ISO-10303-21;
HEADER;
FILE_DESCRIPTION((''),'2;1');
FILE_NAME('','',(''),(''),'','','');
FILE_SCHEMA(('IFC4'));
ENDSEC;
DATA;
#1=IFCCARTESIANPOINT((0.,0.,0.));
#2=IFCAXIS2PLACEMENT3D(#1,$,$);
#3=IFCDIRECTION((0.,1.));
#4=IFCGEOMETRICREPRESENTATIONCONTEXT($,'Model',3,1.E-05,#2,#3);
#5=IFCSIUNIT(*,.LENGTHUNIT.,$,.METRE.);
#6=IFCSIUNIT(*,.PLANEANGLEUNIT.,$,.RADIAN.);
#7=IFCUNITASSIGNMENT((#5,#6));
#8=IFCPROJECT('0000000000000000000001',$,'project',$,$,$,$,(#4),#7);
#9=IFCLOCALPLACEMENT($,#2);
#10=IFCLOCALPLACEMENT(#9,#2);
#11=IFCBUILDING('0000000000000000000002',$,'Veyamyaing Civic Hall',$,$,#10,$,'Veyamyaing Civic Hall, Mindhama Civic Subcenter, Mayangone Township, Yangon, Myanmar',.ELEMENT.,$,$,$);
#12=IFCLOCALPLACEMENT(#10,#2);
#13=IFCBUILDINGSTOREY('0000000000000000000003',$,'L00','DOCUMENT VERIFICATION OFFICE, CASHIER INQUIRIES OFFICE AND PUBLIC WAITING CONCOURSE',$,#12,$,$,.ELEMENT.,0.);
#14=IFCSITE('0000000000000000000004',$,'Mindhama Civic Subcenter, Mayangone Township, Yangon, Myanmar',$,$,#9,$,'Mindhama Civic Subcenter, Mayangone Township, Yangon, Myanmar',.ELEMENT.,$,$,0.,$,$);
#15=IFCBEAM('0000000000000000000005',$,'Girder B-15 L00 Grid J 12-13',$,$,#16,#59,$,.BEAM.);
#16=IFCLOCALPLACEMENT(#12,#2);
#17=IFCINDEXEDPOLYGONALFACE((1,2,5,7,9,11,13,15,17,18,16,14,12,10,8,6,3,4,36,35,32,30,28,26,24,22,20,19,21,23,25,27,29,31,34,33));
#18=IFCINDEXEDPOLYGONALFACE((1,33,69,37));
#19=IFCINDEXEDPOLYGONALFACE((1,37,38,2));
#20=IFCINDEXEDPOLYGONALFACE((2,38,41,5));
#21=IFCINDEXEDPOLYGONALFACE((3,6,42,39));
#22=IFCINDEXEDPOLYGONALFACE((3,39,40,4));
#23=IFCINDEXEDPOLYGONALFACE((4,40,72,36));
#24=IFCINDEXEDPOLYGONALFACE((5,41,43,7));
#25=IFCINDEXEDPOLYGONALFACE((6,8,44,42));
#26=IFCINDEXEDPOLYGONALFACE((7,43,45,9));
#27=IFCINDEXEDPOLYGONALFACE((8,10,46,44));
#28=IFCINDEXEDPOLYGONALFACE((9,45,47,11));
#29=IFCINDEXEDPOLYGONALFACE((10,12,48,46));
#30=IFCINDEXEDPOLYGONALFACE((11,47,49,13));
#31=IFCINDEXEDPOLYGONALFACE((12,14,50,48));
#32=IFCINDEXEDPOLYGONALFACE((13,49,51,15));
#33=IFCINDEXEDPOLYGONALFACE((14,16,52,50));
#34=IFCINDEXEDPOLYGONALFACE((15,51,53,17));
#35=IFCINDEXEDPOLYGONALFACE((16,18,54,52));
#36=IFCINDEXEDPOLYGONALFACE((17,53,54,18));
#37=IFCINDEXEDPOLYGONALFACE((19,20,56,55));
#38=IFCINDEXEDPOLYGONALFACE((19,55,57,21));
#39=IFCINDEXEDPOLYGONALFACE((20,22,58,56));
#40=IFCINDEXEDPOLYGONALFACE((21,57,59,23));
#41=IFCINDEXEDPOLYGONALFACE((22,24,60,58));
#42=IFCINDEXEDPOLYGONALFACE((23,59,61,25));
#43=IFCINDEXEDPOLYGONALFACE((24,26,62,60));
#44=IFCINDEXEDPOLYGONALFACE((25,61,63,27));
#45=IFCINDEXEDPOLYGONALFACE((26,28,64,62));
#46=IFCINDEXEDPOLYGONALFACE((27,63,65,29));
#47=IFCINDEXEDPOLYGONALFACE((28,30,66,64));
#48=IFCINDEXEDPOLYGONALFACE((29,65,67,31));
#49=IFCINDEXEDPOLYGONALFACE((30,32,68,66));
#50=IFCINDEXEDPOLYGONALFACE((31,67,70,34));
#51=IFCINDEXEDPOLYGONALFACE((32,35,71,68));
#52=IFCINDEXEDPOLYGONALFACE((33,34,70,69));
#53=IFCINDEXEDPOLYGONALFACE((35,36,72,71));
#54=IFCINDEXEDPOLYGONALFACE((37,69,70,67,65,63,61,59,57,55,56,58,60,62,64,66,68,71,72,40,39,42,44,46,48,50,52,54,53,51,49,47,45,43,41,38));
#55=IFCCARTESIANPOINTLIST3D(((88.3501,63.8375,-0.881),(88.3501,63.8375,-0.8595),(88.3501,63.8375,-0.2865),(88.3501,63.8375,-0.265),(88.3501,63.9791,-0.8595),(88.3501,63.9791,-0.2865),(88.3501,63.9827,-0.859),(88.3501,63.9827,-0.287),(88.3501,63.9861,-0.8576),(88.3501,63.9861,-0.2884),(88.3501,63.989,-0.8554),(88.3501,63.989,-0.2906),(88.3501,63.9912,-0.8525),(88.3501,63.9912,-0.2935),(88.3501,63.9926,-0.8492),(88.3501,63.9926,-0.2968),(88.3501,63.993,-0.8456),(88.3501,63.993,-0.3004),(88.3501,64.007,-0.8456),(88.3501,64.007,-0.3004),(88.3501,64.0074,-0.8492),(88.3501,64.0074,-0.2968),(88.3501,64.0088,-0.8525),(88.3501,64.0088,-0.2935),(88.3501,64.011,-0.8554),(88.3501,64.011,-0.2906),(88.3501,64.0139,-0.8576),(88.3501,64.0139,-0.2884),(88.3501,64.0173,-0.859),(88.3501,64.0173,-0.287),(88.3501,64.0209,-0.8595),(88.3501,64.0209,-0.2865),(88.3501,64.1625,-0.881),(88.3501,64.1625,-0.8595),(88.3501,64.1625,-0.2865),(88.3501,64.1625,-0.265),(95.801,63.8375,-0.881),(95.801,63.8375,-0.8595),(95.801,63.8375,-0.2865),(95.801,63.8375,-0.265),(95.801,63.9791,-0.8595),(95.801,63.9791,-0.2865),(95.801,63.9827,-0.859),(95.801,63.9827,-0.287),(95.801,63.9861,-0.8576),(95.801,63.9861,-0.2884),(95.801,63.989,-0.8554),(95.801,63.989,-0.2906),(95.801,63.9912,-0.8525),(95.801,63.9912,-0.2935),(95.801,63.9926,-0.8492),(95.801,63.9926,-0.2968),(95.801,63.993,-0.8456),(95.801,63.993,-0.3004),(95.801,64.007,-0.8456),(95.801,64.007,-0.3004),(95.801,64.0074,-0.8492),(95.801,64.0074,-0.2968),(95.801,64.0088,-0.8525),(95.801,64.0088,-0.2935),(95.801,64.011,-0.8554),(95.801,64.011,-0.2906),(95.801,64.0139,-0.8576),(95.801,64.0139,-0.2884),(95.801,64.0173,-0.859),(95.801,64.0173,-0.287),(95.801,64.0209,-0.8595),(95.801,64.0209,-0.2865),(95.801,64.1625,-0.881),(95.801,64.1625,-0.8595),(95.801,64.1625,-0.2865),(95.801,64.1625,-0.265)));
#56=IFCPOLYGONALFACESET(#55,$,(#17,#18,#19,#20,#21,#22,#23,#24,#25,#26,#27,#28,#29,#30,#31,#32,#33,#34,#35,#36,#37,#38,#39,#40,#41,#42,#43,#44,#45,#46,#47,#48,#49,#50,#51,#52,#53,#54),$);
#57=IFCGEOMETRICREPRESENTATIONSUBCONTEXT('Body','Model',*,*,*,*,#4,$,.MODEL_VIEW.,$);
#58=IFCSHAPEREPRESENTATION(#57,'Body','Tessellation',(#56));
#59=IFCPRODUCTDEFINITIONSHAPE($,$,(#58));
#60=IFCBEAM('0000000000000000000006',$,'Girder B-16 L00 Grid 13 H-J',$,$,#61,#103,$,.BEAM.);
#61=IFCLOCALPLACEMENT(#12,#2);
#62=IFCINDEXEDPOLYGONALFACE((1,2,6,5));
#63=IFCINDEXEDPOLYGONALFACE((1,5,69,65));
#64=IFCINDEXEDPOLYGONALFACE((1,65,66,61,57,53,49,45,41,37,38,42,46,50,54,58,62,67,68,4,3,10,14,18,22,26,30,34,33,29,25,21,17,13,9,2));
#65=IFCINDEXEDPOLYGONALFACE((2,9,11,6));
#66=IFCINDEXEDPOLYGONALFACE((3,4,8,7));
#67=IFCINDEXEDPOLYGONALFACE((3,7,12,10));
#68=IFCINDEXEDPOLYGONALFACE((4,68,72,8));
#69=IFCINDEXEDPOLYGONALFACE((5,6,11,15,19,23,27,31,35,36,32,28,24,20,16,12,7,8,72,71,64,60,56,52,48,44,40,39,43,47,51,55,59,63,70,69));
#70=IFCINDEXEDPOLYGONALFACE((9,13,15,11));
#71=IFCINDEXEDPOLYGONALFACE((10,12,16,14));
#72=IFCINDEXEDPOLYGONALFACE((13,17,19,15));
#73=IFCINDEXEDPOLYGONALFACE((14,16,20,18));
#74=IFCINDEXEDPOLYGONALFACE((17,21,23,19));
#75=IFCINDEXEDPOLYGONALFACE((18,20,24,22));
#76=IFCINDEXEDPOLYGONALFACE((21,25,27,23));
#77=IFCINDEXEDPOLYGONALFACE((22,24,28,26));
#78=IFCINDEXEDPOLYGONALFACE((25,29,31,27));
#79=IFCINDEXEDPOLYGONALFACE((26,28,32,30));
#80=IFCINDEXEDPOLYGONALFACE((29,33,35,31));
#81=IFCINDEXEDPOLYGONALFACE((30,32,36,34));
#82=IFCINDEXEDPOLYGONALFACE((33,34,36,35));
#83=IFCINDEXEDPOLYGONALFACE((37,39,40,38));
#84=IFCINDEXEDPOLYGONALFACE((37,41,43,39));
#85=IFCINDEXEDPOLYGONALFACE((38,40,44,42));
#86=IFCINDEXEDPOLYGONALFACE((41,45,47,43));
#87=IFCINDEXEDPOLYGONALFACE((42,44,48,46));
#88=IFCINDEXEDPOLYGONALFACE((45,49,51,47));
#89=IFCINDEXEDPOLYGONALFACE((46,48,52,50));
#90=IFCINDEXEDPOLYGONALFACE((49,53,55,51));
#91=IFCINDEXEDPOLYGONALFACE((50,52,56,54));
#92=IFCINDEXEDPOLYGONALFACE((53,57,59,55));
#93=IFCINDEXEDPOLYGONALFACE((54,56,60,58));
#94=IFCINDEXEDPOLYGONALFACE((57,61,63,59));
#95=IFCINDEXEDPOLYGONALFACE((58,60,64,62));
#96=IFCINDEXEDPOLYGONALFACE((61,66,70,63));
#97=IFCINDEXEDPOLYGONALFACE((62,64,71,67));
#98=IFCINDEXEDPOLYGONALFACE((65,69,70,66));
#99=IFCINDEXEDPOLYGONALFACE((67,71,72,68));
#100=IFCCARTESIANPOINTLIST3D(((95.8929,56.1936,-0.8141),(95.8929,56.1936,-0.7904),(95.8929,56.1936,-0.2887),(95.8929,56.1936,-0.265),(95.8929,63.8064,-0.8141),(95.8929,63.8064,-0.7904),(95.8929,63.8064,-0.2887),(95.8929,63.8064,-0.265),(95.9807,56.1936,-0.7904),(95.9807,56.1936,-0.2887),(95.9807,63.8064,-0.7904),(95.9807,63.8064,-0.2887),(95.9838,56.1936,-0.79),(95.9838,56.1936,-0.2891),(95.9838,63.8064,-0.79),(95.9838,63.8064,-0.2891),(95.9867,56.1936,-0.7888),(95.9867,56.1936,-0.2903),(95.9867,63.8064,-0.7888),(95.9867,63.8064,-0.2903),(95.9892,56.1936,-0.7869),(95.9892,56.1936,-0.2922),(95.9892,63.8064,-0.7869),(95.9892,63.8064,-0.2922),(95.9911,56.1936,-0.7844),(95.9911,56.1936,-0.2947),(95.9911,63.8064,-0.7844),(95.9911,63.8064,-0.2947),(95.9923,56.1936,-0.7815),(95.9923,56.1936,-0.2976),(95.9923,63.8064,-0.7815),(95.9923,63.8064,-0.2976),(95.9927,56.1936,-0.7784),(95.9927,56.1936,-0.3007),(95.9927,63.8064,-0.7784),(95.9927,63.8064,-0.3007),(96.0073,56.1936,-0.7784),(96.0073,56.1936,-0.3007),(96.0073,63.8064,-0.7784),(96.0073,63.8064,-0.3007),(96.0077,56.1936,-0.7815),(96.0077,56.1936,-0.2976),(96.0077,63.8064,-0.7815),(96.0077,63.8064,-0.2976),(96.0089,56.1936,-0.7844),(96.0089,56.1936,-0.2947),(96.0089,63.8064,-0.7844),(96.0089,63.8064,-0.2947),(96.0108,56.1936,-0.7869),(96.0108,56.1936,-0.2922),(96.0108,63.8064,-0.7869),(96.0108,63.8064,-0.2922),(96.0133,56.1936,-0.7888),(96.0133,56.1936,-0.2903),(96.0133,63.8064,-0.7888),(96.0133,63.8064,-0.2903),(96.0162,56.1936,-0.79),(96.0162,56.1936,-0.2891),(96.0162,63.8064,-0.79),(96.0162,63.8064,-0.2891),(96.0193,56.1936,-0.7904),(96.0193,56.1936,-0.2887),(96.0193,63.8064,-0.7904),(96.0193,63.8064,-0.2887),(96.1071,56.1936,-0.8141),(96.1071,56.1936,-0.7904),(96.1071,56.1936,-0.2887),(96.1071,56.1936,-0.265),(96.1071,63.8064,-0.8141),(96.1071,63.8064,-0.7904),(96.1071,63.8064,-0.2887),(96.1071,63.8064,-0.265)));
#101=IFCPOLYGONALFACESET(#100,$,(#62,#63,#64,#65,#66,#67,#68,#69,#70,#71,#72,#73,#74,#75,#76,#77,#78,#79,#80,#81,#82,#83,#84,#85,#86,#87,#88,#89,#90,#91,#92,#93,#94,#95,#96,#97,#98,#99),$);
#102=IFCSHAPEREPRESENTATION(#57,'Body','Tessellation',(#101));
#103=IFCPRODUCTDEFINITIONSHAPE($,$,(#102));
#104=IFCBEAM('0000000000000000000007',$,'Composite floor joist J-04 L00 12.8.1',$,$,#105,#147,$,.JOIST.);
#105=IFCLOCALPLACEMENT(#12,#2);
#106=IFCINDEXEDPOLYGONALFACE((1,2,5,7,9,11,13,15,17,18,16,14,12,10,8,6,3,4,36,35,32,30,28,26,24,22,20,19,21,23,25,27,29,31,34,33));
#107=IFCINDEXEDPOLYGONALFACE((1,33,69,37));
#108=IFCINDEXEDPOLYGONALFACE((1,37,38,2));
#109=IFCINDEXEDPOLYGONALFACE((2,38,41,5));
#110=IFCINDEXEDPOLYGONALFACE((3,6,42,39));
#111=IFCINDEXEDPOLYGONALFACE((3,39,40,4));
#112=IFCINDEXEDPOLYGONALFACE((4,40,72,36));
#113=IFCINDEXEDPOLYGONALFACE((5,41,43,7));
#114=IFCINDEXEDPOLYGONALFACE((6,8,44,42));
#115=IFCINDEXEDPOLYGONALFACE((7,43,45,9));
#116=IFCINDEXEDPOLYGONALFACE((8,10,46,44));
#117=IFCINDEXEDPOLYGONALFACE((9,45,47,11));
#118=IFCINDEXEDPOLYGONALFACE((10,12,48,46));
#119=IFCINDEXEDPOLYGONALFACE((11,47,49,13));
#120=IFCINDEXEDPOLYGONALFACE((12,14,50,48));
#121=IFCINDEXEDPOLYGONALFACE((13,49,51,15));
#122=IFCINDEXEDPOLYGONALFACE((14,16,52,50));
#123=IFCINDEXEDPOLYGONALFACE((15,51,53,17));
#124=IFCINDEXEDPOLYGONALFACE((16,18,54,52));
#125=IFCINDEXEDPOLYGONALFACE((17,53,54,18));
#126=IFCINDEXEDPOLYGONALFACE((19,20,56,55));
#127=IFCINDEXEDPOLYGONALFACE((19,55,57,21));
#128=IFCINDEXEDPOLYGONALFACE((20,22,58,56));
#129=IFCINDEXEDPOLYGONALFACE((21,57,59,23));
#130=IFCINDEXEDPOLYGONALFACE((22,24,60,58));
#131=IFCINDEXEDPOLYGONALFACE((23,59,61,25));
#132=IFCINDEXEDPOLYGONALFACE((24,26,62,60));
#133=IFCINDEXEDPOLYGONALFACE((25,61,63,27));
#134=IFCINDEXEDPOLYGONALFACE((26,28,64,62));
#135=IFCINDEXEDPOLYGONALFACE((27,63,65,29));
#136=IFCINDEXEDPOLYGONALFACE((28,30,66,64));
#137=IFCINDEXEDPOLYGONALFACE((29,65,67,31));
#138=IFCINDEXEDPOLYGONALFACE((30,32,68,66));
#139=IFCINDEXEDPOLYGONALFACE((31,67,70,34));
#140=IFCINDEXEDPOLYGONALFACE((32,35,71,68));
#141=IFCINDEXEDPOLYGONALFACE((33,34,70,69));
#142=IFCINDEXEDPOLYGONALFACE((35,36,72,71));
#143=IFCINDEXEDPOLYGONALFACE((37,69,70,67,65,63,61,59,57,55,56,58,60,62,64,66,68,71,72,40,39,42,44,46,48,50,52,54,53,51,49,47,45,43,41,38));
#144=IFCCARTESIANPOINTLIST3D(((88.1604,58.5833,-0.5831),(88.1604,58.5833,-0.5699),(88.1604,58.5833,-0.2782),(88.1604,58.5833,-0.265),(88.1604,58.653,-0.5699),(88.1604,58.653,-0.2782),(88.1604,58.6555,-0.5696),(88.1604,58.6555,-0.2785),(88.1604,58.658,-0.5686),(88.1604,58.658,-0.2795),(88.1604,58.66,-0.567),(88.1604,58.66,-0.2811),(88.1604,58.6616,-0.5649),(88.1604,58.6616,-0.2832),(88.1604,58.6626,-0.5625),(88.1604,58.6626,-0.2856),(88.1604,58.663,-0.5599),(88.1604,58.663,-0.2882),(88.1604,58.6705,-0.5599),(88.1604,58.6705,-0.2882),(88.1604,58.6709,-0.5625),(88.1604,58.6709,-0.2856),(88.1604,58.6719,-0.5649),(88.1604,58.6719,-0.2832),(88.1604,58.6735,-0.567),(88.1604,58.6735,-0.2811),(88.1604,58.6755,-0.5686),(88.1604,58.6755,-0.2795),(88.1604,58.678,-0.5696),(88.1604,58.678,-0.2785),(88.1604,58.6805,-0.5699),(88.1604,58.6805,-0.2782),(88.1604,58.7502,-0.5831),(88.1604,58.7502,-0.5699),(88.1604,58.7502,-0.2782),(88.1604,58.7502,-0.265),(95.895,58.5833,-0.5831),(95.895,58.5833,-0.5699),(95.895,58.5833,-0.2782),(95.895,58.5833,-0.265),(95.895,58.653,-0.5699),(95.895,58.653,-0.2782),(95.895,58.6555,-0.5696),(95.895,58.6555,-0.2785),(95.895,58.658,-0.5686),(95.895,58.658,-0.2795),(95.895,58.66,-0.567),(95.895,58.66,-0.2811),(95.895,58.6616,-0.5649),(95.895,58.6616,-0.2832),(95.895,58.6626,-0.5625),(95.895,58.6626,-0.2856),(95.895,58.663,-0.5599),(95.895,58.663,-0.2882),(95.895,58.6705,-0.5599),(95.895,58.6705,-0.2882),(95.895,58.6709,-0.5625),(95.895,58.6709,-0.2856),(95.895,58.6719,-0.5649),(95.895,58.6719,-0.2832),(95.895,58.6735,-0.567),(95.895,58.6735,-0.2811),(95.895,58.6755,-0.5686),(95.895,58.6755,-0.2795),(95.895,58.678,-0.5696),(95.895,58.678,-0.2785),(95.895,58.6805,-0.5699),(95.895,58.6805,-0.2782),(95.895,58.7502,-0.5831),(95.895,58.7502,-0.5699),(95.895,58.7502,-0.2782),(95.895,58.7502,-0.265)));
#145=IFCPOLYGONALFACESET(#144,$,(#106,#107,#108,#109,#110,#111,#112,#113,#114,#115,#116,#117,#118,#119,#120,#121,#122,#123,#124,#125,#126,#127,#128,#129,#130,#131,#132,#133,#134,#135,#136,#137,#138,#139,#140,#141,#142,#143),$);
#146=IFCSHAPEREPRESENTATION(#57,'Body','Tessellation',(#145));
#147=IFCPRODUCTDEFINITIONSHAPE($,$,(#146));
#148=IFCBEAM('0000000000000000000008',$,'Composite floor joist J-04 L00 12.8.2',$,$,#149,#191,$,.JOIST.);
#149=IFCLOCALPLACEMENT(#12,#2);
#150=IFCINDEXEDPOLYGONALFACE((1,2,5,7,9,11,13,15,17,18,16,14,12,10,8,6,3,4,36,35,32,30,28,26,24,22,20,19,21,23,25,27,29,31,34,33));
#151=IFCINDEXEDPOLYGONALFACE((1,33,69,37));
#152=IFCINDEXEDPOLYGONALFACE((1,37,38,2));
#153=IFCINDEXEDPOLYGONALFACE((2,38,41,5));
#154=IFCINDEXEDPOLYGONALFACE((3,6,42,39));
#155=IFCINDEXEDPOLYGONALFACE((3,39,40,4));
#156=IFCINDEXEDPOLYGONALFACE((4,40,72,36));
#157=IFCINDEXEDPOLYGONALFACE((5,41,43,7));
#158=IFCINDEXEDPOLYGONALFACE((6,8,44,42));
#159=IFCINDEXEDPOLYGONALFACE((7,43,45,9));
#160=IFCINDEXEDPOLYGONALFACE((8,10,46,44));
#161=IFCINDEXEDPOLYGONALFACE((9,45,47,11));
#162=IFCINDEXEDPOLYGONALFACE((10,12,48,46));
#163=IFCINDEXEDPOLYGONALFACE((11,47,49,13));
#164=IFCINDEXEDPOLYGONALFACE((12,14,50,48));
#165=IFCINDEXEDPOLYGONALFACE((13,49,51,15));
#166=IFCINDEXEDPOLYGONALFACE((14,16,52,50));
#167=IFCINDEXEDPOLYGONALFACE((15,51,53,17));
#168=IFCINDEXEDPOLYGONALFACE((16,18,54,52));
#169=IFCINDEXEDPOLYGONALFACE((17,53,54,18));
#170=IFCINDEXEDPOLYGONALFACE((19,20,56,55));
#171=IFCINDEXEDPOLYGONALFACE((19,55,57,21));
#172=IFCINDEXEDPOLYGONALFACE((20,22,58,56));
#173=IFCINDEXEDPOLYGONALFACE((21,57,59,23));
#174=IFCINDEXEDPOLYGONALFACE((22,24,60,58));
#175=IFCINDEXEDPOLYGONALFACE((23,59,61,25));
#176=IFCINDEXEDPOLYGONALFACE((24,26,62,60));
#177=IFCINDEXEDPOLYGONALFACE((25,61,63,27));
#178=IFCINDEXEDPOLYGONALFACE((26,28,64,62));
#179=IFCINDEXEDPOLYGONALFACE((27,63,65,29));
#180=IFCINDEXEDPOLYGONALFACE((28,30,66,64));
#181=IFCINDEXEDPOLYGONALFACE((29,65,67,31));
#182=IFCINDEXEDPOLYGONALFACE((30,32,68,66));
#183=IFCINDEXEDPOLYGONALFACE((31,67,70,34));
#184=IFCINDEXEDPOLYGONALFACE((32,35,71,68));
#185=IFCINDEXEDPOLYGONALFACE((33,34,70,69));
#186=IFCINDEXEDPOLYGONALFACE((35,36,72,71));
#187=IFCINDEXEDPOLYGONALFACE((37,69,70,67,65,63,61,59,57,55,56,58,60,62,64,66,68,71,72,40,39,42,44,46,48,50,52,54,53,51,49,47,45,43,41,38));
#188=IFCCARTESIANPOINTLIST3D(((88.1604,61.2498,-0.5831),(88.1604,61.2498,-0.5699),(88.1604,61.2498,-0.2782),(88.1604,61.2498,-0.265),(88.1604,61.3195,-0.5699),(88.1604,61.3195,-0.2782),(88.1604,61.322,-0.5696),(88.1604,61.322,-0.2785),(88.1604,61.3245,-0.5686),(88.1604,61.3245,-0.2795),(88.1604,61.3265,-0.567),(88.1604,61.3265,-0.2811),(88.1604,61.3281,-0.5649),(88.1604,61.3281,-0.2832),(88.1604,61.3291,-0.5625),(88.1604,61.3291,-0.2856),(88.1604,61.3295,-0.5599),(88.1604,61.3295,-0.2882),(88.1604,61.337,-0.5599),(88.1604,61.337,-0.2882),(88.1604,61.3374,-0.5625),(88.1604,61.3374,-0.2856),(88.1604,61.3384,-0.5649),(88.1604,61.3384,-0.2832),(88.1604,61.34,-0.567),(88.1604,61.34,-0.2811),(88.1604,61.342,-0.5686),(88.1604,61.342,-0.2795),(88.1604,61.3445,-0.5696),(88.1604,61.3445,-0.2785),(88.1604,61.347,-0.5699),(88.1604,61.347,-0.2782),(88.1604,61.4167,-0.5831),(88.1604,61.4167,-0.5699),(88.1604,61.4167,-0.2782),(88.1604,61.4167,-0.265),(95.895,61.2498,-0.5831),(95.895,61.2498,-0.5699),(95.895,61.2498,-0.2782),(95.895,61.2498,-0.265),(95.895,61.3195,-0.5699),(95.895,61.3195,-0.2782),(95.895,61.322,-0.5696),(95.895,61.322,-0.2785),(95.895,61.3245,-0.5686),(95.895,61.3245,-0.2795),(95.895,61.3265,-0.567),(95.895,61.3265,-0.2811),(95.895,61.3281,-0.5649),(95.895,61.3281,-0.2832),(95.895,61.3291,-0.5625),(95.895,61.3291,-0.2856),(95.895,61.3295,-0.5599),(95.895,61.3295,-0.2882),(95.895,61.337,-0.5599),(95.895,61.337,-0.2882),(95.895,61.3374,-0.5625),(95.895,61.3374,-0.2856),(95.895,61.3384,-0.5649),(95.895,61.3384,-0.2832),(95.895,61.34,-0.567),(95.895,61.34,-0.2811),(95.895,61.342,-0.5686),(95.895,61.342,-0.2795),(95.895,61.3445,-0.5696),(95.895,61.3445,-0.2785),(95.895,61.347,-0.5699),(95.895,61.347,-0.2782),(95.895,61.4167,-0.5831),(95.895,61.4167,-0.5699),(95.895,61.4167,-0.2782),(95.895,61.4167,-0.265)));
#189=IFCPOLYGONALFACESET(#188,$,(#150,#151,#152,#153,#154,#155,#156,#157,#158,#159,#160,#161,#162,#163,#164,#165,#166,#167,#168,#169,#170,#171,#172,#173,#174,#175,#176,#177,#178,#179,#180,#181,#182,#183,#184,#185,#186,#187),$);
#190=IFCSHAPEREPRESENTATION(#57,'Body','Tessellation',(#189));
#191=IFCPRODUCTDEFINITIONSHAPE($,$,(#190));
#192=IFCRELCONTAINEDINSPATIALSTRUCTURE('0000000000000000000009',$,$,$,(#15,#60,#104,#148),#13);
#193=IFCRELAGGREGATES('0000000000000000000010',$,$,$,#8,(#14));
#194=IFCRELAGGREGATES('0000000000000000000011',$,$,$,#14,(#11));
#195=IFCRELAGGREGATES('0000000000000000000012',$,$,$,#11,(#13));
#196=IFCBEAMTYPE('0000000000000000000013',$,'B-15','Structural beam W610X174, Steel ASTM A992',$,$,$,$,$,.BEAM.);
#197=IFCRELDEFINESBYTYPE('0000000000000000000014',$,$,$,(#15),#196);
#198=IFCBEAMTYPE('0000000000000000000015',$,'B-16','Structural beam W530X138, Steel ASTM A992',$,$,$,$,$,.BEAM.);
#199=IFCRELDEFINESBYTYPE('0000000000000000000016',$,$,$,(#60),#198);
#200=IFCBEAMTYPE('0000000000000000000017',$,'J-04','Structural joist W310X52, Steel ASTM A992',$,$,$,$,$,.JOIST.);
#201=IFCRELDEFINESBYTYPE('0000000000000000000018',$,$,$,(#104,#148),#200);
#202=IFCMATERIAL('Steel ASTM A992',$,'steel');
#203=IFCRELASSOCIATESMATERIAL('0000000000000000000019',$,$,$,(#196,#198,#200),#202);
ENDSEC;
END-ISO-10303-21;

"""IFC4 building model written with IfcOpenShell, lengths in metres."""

from ifc_helpers import new_model, si_unit, direction, frame, origin, origin_2d, place, context, subcontext, project, spatial, i_section, extrude, material, material_profile, profile_set, type_object, element, save


model = new_model("IFC4")

# Units and contexts
model_context = context("Model", 3, precision=1e-05, world=origin(), true_north=direction((0.0, 1.0)))
body_context = subcontext(model_context, "Body", "Model", "MODEL_VIEW")
ifc_project = project(units=[si_unit("LENGTHUNIT", "METRE"), si_unit("PLANEANGLEUNIT", "RADIAN")], contexts=[model_context])

# Site, building, storey
site_placement = place(None, origin())
site = spatial("IfcSite", under=ifc_project, at=site_placement, Name="Mindhama Civic Subcenter, Mayangone Township, Yangon, Myanmar", LongName="Mindhama Civic Subcenter, Mayangone Township, Yangon, Myanmar", CompositionType="ELEMENT", RefElevation=0.0)
building_placement = place(site_placement, origin())
building = spatial("IfcBuilding", under=site, at=building_placement, Name="Veyamyaing Civic Hall", LongName="Veyamyaing Civic Hall, Mindhama Civic Subcenter, Mayangone Township, Yangon, Myanmar", CompositionType="ELEMENT")
storey_placement = place(building_placement, origin())
storey = spatial("IfcBuildingStorey", under=building, at=storey_placement, Name="L00", Description="DOCUMENT VERIFICATION OFFICE, CASHIER INQUIRIES OFFICE AND PUBLIC WAITING CONCOURSE", CompositionType="ELEMENT", Elevation=0.0)

# Beams
ifc_material_1 = material(Name="Steel ASTM A992", Category="steel")
ifc_material_profile_1 = material_profile(ifc_material_1, i_section(OverallWidth=0.325, OverallDepth=0.616, WebThickness=0.0139, FlangeThickness=0.0215, FilletRadius=0.0139, at=origin_2d()), Name="W610X174")
ifc_profile_set_1 = profile_set([ifc_material_profile_1], Name="Steel ASTM A992")
beam_type_1 = type_object("IfcBeamType", Name="B-15", Description="Structural beam W610X174, Steel ASTM A992", PredefinedType="BEAM", material=ifc_profile_set_1)
beam_1_placement = place(storey_placement, frame((88.3501, 64.0, -0.573), z_axis=(1.0, 0.0, 0.0), x_axis=(0.0, 1.0, 0.0)))
element("IfcBeam", 1, at=beam_1_placement, inside=storey, type_object=beam_type_1, Name="Girder B-15 L00 Grid J 12-13", PredefinedType="BEAM", context=body_context, shape_type="SweptSolid", body=[
    extrude(i_section(OverallWidth=0.325, OverallDepth=0.616, WebThickness=0.0139, FlangeThickness=0.0215, FilletRadius=0.0139, at=origin_2d()), origin(), (0.0, 0.0, 1.0), 7.4509),
])
ifc_material_profile_2 = material_profile(ifc_material_1, i_section(OverallWidth=0.2141, OverallDepth=0.5491, WebThickness=0.0146, FlangeThickness=0.0237, FilletRadius=0.012, at=origin_2d()), Name="W530X138")
ifc_profile_set_2 = profile_set([ifc_material_profile_2], Name="Steel ASTM A992")
beam_type_2 = type_object("IfcBeamType", Name="B-16", Description="Structural beam W530X138, Steel ASTM A992", PredefinedType="BEAM", material=ifc_profile_set_2)
beam_2_placement = place(storey_placement, frame((96.0, 56.1936, -0.5396), z_axis=(0.0, 1.0, 0.0), x_axis=(-1.0, 0.0, 0.0)))
element("IfcBeam", 2, at=beam_2_placement, inside=storey, type_object=beam_type_2, Name="Girder B-16 L00 Grid 13 H-J", PredefinedType="BEAM", context=body_context, shape_type="SweptSolid", body=[
    extrude(i_section(OverallWidth=0.2141, OverallDepth=0.5491, WebThickness=0.0146, FlangeThickness=0.0237, FilletRadius=0.012, at=origin_2d()), origin(), (0.0, 0.0, 1.0), 7.6128),
])
ifc_material_profile_3 = material_profile(ifc_material_1, i_section(OverallWidth=0.167, OverallDepth=0.3181, WebThickness=0.0076, FlangeThickness=0.0132, FilletRadius=0.01, at=origin_2d()), Name="W310X52")
ifc_profile_set_3 = profile_set([ifc_material_profile_3], Name="Steel ASTM A992")
beam_type_3 = type_object("IfcBeamType", Name="J-04", Description="Structural joist W310X52, Steel ASTM A992", PredefinedType="JOIST", material=ifc_profile_set_3)
for number, where, z_axis, x_axis, name in (
    (3, (88.1604, 58.6667, -0.4241), (1.0, 0.0, 0.0), (0.0, 1.0, 0.0), "Composite floor joist J-04 L00 12.8.1"),
    (4, (88.1604, 61.3333, -0.4241), (1.0, 0.0, 0.0), (0.0, 1.0, 0.0), "Composite floor joist J-04 L00 12.8.2"),
):
    element("IfcBeam", number, at=place(storey_placement, frame(where, z_axis=z_axis, x_axis=x_axis)), inside=storey, type_object=beam_type_3, Name=name, PredefinedType="JOIST", context=body_context, shape_type="SweptSolid", body=[
        extrude(i_section(OverallWidth=0.167, OverallDepth=0.3181, WebThickness=0.0076, FlangeThickness=0.0132, FilletRadius=0.01, at=origin_2d()), origin(), (0.0, 0.0, 1.0), 7.7346),
    ])

save(model, "model.ifc")
